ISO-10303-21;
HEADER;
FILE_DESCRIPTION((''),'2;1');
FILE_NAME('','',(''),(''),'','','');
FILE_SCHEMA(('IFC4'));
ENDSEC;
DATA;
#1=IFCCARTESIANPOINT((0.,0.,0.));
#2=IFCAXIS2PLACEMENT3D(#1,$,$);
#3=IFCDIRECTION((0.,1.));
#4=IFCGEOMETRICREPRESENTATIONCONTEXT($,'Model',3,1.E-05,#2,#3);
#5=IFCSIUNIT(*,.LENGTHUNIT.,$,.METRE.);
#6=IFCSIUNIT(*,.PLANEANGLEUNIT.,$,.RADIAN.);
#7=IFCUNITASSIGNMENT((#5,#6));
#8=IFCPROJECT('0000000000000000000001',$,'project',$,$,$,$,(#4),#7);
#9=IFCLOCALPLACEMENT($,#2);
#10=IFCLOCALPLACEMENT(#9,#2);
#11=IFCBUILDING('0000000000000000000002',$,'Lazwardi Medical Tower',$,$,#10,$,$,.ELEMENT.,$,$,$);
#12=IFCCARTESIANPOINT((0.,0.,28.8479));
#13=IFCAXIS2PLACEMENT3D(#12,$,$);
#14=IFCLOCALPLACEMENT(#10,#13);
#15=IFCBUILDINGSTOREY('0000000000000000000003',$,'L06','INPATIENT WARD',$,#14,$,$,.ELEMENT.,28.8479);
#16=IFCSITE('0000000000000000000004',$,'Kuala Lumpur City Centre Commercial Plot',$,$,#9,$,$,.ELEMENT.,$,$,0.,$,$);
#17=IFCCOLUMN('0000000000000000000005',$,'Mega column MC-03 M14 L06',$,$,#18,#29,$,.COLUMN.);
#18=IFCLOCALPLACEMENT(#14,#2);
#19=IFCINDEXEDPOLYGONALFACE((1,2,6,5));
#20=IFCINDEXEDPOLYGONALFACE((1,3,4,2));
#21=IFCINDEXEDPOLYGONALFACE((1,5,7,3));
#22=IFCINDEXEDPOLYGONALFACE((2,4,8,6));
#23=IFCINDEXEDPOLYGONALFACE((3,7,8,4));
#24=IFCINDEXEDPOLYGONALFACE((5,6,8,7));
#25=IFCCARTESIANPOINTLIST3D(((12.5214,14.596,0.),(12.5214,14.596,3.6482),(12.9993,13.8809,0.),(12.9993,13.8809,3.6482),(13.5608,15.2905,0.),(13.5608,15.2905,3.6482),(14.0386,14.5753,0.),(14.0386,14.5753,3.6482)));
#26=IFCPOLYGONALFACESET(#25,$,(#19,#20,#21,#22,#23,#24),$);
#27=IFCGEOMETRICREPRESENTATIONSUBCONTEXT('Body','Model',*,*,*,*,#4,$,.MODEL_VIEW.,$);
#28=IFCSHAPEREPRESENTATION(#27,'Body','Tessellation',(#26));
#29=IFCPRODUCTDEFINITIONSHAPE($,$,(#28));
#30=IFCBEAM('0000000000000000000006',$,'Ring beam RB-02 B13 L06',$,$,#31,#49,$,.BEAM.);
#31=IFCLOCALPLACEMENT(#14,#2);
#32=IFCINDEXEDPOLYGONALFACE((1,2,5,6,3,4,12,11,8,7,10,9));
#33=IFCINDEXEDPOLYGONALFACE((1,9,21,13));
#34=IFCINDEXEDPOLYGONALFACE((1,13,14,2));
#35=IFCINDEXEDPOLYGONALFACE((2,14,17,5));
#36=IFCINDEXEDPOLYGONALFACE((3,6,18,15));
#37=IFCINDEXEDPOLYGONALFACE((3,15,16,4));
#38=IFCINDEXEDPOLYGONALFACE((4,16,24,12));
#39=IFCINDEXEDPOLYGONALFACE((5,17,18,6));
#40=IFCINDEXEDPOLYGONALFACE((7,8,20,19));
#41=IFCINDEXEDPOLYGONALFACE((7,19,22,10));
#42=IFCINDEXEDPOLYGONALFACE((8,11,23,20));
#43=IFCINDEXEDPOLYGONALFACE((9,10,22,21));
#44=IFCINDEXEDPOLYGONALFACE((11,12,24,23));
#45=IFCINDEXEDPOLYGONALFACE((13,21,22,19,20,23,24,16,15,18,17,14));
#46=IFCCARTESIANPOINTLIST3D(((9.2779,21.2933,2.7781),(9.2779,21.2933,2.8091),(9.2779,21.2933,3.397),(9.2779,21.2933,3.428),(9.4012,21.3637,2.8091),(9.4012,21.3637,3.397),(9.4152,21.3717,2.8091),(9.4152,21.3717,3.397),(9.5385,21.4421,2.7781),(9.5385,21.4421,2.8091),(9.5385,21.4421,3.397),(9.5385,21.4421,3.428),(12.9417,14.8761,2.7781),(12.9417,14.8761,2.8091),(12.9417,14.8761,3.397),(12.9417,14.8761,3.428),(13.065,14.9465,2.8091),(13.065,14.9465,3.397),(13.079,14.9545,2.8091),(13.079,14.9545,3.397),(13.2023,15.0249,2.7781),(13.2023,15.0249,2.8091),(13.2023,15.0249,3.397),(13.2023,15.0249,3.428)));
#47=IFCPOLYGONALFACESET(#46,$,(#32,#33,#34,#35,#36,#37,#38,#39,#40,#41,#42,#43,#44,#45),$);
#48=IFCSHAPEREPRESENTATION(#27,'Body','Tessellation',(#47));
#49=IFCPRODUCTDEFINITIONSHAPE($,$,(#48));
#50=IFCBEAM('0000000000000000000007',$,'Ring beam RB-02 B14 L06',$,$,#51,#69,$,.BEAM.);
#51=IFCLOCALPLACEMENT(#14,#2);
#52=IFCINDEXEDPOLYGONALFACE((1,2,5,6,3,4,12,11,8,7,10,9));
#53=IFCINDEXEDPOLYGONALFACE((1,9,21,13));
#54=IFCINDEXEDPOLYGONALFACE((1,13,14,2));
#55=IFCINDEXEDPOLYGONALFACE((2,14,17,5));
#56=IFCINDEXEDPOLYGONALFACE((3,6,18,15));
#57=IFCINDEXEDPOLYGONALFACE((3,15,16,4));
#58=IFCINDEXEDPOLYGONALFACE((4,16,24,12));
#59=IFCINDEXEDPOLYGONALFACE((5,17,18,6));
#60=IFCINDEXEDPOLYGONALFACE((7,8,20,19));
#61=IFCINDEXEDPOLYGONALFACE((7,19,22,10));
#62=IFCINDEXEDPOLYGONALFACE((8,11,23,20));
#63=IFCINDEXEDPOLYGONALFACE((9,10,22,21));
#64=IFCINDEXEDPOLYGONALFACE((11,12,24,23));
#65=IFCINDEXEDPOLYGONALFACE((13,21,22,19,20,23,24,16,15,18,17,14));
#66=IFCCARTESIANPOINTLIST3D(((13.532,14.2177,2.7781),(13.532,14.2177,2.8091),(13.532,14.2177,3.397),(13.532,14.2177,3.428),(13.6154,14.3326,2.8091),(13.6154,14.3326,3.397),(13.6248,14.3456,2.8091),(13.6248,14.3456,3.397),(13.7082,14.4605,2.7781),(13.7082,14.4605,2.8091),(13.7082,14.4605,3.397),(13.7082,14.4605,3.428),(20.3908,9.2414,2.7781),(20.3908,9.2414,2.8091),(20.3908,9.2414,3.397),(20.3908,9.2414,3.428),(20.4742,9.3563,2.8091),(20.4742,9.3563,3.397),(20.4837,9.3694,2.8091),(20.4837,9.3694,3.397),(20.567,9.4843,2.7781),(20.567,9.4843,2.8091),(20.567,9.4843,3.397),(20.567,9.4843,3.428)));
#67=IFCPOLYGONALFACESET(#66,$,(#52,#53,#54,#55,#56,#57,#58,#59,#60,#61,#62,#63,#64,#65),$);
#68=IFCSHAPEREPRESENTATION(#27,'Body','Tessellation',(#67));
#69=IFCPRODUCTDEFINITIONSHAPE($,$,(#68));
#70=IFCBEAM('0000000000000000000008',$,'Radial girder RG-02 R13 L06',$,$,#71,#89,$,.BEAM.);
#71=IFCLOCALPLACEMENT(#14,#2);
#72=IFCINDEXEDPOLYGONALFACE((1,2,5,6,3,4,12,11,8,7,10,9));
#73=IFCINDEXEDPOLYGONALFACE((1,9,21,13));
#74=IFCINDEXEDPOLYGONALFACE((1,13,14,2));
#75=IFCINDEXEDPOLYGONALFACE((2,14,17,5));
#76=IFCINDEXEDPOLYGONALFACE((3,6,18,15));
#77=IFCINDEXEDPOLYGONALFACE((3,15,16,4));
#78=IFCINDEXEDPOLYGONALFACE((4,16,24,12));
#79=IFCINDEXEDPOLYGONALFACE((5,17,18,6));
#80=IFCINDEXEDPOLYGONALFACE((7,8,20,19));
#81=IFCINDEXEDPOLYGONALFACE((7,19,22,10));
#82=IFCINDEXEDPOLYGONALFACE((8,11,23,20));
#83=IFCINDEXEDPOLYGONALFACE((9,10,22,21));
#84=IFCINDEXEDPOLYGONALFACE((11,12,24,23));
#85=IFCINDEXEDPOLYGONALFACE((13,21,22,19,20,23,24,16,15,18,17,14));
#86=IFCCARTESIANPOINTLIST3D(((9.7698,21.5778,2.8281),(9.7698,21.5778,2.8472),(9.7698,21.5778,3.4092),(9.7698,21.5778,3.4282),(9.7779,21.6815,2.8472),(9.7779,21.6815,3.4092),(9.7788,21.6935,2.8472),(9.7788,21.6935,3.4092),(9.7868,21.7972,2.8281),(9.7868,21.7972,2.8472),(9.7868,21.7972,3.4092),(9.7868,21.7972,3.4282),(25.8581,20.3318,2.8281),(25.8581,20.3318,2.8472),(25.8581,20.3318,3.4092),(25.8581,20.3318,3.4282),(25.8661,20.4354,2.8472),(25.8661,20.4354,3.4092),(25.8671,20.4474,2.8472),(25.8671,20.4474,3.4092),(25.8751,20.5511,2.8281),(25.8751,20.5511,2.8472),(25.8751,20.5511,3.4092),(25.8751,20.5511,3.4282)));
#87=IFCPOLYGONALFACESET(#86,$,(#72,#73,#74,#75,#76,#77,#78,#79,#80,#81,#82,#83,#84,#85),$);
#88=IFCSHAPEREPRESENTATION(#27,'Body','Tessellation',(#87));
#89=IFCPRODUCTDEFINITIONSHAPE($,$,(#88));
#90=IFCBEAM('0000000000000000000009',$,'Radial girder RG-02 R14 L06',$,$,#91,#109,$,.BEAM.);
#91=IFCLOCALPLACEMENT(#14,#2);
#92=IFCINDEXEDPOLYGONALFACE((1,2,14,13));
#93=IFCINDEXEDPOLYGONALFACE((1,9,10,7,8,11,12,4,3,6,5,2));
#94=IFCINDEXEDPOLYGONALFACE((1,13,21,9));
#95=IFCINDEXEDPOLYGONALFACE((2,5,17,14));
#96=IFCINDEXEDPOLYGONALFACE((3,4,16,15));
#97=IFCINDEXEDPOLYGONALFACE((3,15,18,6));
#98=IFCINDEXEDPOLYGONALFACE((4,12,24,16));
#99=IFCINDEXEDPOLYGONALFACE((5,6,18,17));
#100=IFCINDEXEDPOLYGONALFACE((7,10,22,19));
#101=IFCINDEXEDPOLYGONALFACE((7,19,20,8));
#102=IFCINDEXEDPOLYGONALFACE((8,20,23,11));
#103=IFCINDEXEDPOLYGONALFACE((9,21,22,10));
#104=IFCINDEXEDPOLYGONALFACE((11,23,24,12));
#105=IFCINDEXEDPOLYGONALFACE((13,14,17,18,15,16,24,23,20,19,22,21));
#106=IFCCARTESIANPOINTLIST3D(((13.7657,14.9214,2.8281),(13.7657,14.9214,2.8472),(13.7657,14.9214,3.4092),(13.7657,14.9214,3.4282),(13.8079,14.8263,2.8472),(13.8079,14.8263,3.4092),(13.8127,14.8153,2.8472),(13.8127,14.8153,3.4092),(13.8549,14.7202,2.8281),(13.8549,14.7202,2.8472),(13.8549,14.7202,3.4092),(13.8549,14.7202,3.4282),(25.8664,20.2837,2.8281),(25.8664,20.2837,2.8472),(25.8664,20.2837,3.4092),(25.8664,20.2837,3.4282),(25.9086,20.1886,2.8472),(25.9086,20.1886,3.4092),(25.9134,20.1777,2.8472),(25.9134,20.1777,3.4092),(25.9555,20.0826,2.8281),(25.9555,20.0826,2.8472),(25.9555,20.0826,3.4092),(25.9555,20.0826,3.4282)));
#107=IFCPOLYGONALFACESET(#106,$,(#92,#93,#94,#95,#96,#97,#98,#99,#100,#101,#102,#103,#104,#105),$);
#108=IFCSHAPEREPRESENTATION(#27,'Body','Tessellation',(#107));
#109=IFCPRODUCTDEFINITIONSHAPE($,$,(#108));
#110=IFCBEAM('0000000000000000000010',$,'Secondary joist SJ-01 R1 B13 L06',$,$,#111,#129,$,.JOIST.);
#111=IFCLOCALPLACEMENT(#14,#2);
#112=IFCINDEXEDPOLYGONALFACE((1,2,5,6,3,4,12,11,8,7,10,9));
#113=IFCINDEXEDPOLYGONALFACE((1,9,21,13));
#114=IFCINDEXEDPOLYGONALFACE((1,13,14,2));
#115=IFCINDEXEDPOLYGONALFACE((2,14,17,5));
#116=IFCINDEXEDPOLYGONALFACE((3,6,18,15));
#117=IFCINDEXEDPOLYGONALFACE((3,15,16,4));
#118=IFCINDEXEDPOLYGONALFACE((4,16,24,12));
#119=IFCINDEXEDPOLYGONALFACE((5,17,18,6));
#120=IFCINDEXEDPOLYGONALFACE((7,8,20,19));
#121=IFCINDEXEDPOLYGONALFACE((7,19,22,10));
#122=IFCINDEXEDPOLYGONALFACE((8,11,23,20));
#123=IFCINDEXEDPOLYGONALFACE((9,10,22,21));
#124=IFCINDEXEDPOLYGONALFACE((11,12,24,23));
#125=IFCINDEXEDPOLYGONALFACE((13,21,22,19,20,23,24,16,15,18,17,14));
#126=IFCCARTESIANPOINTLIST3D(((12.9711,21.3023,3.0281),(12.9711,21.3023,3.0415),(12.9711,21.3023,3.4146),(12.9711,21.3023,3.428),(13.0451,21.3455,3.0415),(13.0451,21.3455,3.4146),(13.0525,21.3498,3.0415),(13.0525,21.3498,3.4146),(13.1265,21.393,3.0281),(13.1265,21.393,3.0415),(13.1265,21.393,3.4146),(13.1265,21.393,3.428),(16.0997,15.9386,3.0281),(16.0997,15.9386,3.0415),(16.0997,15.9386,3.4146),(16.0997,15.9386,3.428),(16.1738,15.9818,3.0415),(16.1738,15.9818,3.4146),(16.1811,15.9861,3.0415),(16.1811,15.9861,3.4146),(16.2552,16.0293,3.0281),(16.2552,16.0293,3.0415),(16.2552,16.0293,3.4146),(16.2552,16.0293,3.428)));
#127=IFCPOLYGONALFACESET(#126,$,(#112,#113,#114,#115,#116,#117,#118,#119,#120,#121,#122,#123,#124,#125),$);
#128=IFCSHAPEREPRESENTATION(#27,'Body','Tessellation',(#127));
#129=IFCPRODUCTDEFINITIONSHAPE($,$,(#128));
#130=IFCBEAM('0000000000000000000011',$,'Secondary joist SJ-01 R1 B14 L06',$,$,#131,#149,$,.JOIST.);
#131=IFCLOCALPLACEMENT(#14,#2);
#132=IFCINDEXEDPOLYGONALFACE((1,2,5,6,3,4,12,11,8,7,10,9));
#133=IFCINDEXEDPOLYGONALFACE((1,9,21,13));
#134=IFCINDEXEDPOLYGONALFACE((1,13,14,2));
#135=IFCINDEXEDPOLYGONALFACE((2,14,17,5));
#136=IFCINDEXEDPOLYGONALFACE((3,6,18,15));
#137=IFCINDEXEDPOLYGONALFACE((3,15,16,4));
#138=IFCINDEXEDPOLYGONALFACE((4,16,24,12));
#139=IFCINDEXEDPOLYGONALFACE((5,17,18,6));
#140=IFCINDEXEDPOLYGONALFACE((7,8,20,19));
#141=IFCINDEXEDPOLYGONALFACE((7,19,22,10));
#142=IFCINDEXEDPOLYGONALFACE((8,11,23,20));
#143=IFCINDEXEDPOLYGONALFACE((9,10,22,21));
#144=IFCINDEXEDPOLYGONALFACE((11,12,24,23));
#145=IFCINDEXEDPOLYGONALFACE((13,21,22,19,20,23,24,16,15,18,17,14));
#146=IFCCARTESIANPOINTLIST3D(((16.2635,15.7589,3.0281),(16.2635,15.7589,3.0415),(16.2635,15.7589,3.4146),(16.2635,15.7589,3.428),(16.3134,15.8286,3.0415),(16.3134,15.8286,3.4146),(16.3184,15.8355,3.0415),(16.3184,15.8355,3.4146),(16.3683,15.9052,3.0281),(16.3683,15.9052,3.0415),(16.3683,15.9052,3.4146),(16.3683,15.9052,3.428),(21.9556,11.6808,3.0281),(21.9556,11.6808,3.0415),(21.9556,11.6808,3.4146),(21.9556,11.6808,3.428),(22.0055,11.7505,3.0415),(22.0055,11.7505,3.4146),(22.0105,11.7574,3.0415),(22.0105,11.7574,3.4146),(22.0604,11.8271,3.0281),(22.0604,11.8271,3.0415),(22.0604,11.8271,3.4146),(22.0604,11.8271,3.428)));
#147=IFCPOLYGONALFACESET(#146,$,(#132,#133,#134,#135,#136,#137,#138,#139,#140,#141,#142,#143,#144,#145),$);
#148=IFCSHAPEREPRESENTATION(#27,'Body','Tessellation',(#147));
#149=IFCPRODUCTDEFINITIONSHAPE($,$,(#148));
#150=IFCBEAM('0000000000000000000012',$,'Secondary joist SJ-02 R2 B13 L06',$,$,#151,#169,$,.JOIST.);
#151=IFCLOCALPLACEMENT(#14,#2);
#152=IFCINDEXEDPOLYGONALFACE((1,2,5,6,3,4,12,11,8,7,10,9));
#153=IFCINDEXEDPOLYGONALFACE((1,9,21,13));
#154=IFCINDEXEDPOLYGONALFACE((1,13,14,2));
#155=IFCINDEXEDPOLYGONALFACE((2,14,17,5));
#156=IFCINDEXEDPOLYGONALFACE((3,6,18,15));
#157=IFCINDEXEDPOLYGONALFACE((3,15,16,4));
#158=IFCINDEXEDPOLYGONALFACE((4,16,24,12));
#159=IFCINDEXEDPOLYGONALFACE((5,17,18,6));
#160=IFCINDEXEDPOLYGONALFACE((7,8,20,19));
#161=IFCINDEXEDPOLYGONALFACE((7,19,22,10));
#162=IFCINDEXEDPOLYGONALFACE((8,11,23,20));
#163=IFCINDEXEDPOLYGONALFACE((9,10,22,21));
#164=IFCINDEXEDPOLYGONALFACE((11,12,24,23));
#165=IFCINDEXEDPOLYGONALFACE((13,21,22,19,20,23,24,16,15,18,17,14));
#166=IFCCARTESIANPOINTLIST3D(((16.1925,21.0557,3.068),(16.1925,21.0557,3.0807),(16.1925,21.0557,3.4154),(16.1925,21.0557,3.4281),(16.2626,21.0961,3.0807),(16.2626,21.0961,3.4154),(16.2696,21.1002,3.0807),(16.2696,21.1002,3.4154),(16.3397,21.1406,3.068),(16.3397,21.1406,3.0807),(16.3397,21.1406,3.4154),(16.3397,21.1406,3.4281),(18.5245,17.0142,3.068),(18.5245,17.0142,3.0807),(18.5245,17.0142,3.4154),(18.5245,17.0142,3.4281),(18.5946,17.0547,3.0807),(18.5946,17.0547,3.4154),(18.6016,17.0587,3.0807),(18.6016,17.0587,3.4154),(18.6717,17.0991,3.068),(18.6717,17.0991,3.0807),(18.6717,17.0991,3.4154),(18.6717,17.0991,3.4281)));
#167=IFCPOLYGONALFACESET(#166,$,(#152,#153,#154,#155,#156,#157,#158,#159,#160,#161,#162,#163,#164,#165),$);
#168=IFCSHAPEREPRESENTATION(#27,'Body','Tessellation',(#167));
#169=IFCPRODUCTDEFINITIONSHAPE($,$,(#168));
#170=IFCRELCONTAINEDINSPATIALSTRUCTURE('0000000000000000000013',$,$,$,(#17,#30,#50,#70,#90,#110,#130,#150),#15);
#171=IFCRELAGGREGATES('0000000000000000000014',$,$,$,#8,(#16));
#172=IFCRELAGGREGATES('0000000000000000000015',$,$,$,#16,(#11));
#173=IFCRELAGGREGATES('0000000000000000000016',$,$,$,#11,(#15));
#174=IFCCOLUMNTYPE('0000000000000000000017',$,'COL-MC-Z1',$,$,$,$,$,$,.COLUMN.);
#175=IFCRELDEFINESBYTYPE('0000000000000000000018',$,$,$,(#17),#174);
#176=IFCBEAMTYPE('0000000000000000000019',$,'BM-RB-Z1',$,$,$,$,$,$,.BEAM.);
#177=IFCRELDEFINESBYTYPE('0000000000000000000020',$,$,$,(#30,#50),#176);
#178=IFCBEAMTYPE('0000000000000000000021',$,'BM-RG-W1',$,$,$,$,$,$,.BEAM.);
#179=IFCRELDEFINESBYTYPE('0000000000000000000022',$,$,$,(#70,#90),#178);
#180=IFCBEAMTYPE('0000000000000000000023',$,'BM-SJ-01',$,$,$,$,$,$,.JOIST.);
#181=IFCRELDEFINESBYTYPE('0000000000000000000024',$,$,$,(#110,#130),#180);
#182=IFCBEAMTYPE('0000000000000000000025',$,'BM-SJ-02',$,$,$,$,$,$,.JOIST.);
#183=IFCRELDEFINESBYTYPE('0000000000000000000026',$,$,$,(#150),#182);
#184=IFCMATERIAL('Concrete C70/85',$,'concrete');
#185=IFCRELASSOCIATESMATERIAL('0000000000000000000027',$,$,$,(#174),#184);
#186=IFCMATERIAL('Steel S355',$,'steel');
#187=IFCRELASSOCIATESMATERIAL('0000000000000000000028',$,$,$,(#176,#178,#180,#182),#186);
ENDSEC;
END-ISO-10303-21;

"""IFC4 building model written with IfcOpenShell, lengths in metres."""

from ifc_helpers import new_model, si_unit, direction, frame, origin, origin_2d, place, context, subcontext, project, spatial, rectangle, i_section, extrude, material, material_profile, profile_set, type_object, element, save


model = new_model("IFC4")

# Units and contexts
model_context = context("Model", 3, precision=1e-05, world=origin(), true_north=direction((0.0, 1.0)))
body_context = subcontext(model_context, "Body", "Model", "MODEL_VIEW")
ifc_project = project(units=[si_unit("LENGTHUNIT", "METRE"), si_unit("PLANEANGLEUNIT", "RADIAN")], contexts=[model_context])

# Site, building, storey
site_placement = place(None, origin())
site = spatial("IfcSite", under=ifc_project, at=site_placement, Name="Kuala Lumpur City Centre Commercial Plot", CompositionType="ELEMENT", RefElevation=0.0)
building_placement = place(site_placement, origin())
building = spatial("IfcBuilding", under=site, at=building_placement, Name="Lazwardi Medical Tower", CompositionType="ELEMENT")
storey_placement = place(building_placement, frame((0.0, 0.0, 28.8479)))
storey = spatial("IfcBuildingStorey", under=building, at=storey_placement, Name="L06", Description="INPATIENT WARD", CompositionType="ELEMENT", Elevation=28.8479)

# Column
ifc_material_1 = material(Name="Concrete C70/85", Category="concrete")
ifc_material_profile_1 = material_profile(ifc_material_1, rectangle(XDim=1.25, YDim=0.8601, at=origin_2d()), Name="CFT-RECT 1250x860")
ifc_profile_set_1 = profile_set([ifc_material_profile_1], Name="Concrete C70/85")
column_type = type_object("IfcColumnType", Name="COL-MC-Z1", PredefinedType="COLUMN", material=ifc_profile_set_1)
column_placement = place(storey_placement, frame((13.28, 14.5857, 0.0), z_axis=(0.0, 0.0, 1.0), x_axis=(-0.83147, -0.55557, 0.0)))
element("IfcColumn", 1, at=column_placement, inside=storey, type_object=column_type, Name="Mega column MC-03 M14 L06", PredefinedType="COLUMN", context=body_context, shape_type="SweptSolid", body=[
    extrude(rectangle(XDim=1.25, YDim=0.8601, at=origin_2d()), origin(), (0.0, 0.0, 1.0), 3.6482),
])

# Beams
ifc_material_2 = material(Name="Steel S355", Category="steel")
ifc_material_profile_2 = material_profile(ifc_material_2, i_section(OverallWidth=0.3, OverallDepth=0.6499, WebThickness=0.0161, FlangeThickness=0.031, at=origin_2d()), Name="HEB 650")
ifc_profile_set_2 = profile_set([ifc_material_profile_2], Name="Steel S355")
beam_type_1 = type_object("IfcBeamType", Name="BM-RB-Z1", PredefinedType="BEAM", material=ifc_profile_set_2)
beam_1_placement = place(storey_placement, frame((9.4082, 21.3677, 3.103), z_axis=(0.495815, -0.868428, 0.0), x_axis=(0.868428, 0.495815, 0.0)))
element("IfcBeam", 2, at=beam_1_placement, inside=storey, type_object=beam_type_1, Name="Ring beam RB-02 B13 L06", PredefinedType="BEAM", context=body_context, shape_type="SweptSolid", body=[
    extrude(i_section(OverallWidth=0.3, OverallDepth=0.6499, WebThickness=0.0161, FlangeThickness=0.031, at=origin_2d()), origin(), (0.0, 0.0, 1.0), 7.3894),
])
beam_2_placement = place(storey_placement, frame((13.6201, 14.3391, 3.103), z_axis=(0.809407, -0.587248, 0.0), x_axis=(0.587248, 0.809407, 0.0)))
element("IfcBeam", 3, at=beam_2_placement, inside=storey, type_object=beam_type_1, Name="Ring beam RB-02 B14 L06", PredefinedType="BEAM", context=body_context, shape_type="SweptSolid", body=[
    extrude(i_section(OverallWidth=0.3, OverallDepth=0.6499, WebThickness=0.0161, FlangeThickness=0.031, at=origin_2d()), origin(), (0.0, 0.0, 1.0), 8.4739),
])
ifc_material_profile_3 = material_profile(ifc_material_2, i_section(OverallWidth=0.22, OverallDepth=0.6001, WebThickness=0.012, FlangeThickness=0.019, at=origin_2d()), Name="IPE 600")
ifc_profile_set_3 = profile_set([ifc_material_profile_3], Name="Steel S355")
beam_type_2 = type_object("IfcBeamType", Name="BM-RG-W1", PredefinedType="BEAM", material=ifc_profile_set_3)
beam_3_placement = place(storey_placement, frame((9.7783, 21.6875, 3.1282), z_axis=(0.997014, -0.077222, 0.0), x_axis=(0.077222, 0.997014, 0.0)))
element("IfcBeam", 4, at=beam_3_placement, inside=storey, type_object=beam_type_2, Name="Radial girder RG-02 R13 L06", PredefinedType="BEAM", context=body_context, shape_type="SweptSolid", body=[
    extrude(i_section(OverallWidth=0.22, OverallDepth=0.6001, WebThickness=0.012, FlangeThickness=0.019, at=origin_2d()), origin(), (0.0, 0.0, 1.0), 16.1365),
])
beam_4_placement = place(storey_placement, frame((13.8103, 14.8208, 3.1282), z_axis=(0.914252, 0.405146, 0.0), x_axis=(-0.405146, 0.914252, 0.0)))
element("IfcBeam", 5, at=beam_4_placement, inside=storey, type_object=beam_type_2, Name="Radial girder RG-02 R14 L06", PredefinedType="BEAM", context=body_context, shape_type="SweptSolid", body=[
    extrude(i_section(OverallWidth=0.22, OverallDepth=0.6001, WebThickness=0.012, FlangeThickness=0.019, at=origin_2d()), origin(), (0.0, 0.0, 1.0), 13.2356),
])
ifc_material_profile_4 = material_profile(ifc_material_2, i_section(OverallWidth=0.1799, OverallDepth=0.3999, WebThickness=0.0085, FlangeThickness=0.0134, at=origin_2d()), Name="IPE 400")
ifc_profile_set_4 = profile_set([ifc_material_profile_4], Name="Steel S355")
beam_type_3 = type_object("IfcBeamType", Name="BM-SJ-01", PredefinedType="JOIST", material=ifc_profile_set_4)
beam_5_placement = place(storey_placement, frame((13.0488, 21.3477, 3.228), z_axis=(0.503847, -0.863793, 0.0), x_axis=(0.863793, 0.503847, 0.0)))
element("IfcBeam", 6, at=beam_5_placement, inside=storey, type_object=beam_type_3, Name="Secondary joist SJ-01 R1 B13 L06", PredefinedType="JOIST", context=body_context, shape_type="SweptSolid", body=[
    extrude(i_section(OverallWidth=0.1799, OverallDepth=0.3999, WebThickness=0.0085, FlangeThickness=0.0134, at=origin_2d()), origin(), (0.0, 0.0, 1.0), 6.2095),
])
beam_6_placement = place(storey_placement, frame((16.3159, 15.832, 3.228), z_axis=(0.812901, -0.582402, 0.0), x_axis=(0.582402, 0.812901, 0.0)))
element("IfcBeam", 7, at=beam_6_placement, inside=storey, type_object=beam_type_3, Name="Secondary joist SJ-01 R1 B14 L06", PredefinedType="JOIST", context=body_context, shape_type="SweptSolid", body=[
    extrude(i_section(OverallWidth=0.1799, OverallDepth=0.3999, WebThickness=0.0085, FlangeThickness=0.0134, at=origin_2d()), origin(), (0.0, 0.0, 1.0), 7.0022),
])
ifc_material_profile_5 = material_profile(ifc_material_2, i_section(OverallWidth=0.1699, OverallDepth=0.3601, WebThickness=0.0081, FlangeThickness=0.0127, at=origin_2d()), Name="IPE 360")
ifc_profile_set_5 = profile_set([ifc_material_profile_5], Name="Steel S355")
beam_type_4 = type_object("IfcBeamType", Name="BM-SJ-02", PredefinedType="JOIST", material=ifc_profile_set_5)
beam_7_placement = place(storey_placement, frame((16.2661, 21.0981, 3.248), z_axis=(0.499786, -0.866149, 0.0), x_axis=(0.866149, 0.499786, 0.0)))
element("IfcBeam", 8, at=beam_7_placement, inside=storey, type_object=beam_type_4, Name="Secondary joist SJ-02 R2 B13 L06", PredefinedType="JOIST", context=body_context, shape_type="SweptSolid", body=[
    extrude(i_section(OverallWidth=0.1699, OverallDepth=0.3601, WebThickness=0.0081, FlangeThickness=0.0127, at=origin_2d()), origin(), (0.0, 0.0, 1.0), 4.666),
])

save(model, "model.ifc")
